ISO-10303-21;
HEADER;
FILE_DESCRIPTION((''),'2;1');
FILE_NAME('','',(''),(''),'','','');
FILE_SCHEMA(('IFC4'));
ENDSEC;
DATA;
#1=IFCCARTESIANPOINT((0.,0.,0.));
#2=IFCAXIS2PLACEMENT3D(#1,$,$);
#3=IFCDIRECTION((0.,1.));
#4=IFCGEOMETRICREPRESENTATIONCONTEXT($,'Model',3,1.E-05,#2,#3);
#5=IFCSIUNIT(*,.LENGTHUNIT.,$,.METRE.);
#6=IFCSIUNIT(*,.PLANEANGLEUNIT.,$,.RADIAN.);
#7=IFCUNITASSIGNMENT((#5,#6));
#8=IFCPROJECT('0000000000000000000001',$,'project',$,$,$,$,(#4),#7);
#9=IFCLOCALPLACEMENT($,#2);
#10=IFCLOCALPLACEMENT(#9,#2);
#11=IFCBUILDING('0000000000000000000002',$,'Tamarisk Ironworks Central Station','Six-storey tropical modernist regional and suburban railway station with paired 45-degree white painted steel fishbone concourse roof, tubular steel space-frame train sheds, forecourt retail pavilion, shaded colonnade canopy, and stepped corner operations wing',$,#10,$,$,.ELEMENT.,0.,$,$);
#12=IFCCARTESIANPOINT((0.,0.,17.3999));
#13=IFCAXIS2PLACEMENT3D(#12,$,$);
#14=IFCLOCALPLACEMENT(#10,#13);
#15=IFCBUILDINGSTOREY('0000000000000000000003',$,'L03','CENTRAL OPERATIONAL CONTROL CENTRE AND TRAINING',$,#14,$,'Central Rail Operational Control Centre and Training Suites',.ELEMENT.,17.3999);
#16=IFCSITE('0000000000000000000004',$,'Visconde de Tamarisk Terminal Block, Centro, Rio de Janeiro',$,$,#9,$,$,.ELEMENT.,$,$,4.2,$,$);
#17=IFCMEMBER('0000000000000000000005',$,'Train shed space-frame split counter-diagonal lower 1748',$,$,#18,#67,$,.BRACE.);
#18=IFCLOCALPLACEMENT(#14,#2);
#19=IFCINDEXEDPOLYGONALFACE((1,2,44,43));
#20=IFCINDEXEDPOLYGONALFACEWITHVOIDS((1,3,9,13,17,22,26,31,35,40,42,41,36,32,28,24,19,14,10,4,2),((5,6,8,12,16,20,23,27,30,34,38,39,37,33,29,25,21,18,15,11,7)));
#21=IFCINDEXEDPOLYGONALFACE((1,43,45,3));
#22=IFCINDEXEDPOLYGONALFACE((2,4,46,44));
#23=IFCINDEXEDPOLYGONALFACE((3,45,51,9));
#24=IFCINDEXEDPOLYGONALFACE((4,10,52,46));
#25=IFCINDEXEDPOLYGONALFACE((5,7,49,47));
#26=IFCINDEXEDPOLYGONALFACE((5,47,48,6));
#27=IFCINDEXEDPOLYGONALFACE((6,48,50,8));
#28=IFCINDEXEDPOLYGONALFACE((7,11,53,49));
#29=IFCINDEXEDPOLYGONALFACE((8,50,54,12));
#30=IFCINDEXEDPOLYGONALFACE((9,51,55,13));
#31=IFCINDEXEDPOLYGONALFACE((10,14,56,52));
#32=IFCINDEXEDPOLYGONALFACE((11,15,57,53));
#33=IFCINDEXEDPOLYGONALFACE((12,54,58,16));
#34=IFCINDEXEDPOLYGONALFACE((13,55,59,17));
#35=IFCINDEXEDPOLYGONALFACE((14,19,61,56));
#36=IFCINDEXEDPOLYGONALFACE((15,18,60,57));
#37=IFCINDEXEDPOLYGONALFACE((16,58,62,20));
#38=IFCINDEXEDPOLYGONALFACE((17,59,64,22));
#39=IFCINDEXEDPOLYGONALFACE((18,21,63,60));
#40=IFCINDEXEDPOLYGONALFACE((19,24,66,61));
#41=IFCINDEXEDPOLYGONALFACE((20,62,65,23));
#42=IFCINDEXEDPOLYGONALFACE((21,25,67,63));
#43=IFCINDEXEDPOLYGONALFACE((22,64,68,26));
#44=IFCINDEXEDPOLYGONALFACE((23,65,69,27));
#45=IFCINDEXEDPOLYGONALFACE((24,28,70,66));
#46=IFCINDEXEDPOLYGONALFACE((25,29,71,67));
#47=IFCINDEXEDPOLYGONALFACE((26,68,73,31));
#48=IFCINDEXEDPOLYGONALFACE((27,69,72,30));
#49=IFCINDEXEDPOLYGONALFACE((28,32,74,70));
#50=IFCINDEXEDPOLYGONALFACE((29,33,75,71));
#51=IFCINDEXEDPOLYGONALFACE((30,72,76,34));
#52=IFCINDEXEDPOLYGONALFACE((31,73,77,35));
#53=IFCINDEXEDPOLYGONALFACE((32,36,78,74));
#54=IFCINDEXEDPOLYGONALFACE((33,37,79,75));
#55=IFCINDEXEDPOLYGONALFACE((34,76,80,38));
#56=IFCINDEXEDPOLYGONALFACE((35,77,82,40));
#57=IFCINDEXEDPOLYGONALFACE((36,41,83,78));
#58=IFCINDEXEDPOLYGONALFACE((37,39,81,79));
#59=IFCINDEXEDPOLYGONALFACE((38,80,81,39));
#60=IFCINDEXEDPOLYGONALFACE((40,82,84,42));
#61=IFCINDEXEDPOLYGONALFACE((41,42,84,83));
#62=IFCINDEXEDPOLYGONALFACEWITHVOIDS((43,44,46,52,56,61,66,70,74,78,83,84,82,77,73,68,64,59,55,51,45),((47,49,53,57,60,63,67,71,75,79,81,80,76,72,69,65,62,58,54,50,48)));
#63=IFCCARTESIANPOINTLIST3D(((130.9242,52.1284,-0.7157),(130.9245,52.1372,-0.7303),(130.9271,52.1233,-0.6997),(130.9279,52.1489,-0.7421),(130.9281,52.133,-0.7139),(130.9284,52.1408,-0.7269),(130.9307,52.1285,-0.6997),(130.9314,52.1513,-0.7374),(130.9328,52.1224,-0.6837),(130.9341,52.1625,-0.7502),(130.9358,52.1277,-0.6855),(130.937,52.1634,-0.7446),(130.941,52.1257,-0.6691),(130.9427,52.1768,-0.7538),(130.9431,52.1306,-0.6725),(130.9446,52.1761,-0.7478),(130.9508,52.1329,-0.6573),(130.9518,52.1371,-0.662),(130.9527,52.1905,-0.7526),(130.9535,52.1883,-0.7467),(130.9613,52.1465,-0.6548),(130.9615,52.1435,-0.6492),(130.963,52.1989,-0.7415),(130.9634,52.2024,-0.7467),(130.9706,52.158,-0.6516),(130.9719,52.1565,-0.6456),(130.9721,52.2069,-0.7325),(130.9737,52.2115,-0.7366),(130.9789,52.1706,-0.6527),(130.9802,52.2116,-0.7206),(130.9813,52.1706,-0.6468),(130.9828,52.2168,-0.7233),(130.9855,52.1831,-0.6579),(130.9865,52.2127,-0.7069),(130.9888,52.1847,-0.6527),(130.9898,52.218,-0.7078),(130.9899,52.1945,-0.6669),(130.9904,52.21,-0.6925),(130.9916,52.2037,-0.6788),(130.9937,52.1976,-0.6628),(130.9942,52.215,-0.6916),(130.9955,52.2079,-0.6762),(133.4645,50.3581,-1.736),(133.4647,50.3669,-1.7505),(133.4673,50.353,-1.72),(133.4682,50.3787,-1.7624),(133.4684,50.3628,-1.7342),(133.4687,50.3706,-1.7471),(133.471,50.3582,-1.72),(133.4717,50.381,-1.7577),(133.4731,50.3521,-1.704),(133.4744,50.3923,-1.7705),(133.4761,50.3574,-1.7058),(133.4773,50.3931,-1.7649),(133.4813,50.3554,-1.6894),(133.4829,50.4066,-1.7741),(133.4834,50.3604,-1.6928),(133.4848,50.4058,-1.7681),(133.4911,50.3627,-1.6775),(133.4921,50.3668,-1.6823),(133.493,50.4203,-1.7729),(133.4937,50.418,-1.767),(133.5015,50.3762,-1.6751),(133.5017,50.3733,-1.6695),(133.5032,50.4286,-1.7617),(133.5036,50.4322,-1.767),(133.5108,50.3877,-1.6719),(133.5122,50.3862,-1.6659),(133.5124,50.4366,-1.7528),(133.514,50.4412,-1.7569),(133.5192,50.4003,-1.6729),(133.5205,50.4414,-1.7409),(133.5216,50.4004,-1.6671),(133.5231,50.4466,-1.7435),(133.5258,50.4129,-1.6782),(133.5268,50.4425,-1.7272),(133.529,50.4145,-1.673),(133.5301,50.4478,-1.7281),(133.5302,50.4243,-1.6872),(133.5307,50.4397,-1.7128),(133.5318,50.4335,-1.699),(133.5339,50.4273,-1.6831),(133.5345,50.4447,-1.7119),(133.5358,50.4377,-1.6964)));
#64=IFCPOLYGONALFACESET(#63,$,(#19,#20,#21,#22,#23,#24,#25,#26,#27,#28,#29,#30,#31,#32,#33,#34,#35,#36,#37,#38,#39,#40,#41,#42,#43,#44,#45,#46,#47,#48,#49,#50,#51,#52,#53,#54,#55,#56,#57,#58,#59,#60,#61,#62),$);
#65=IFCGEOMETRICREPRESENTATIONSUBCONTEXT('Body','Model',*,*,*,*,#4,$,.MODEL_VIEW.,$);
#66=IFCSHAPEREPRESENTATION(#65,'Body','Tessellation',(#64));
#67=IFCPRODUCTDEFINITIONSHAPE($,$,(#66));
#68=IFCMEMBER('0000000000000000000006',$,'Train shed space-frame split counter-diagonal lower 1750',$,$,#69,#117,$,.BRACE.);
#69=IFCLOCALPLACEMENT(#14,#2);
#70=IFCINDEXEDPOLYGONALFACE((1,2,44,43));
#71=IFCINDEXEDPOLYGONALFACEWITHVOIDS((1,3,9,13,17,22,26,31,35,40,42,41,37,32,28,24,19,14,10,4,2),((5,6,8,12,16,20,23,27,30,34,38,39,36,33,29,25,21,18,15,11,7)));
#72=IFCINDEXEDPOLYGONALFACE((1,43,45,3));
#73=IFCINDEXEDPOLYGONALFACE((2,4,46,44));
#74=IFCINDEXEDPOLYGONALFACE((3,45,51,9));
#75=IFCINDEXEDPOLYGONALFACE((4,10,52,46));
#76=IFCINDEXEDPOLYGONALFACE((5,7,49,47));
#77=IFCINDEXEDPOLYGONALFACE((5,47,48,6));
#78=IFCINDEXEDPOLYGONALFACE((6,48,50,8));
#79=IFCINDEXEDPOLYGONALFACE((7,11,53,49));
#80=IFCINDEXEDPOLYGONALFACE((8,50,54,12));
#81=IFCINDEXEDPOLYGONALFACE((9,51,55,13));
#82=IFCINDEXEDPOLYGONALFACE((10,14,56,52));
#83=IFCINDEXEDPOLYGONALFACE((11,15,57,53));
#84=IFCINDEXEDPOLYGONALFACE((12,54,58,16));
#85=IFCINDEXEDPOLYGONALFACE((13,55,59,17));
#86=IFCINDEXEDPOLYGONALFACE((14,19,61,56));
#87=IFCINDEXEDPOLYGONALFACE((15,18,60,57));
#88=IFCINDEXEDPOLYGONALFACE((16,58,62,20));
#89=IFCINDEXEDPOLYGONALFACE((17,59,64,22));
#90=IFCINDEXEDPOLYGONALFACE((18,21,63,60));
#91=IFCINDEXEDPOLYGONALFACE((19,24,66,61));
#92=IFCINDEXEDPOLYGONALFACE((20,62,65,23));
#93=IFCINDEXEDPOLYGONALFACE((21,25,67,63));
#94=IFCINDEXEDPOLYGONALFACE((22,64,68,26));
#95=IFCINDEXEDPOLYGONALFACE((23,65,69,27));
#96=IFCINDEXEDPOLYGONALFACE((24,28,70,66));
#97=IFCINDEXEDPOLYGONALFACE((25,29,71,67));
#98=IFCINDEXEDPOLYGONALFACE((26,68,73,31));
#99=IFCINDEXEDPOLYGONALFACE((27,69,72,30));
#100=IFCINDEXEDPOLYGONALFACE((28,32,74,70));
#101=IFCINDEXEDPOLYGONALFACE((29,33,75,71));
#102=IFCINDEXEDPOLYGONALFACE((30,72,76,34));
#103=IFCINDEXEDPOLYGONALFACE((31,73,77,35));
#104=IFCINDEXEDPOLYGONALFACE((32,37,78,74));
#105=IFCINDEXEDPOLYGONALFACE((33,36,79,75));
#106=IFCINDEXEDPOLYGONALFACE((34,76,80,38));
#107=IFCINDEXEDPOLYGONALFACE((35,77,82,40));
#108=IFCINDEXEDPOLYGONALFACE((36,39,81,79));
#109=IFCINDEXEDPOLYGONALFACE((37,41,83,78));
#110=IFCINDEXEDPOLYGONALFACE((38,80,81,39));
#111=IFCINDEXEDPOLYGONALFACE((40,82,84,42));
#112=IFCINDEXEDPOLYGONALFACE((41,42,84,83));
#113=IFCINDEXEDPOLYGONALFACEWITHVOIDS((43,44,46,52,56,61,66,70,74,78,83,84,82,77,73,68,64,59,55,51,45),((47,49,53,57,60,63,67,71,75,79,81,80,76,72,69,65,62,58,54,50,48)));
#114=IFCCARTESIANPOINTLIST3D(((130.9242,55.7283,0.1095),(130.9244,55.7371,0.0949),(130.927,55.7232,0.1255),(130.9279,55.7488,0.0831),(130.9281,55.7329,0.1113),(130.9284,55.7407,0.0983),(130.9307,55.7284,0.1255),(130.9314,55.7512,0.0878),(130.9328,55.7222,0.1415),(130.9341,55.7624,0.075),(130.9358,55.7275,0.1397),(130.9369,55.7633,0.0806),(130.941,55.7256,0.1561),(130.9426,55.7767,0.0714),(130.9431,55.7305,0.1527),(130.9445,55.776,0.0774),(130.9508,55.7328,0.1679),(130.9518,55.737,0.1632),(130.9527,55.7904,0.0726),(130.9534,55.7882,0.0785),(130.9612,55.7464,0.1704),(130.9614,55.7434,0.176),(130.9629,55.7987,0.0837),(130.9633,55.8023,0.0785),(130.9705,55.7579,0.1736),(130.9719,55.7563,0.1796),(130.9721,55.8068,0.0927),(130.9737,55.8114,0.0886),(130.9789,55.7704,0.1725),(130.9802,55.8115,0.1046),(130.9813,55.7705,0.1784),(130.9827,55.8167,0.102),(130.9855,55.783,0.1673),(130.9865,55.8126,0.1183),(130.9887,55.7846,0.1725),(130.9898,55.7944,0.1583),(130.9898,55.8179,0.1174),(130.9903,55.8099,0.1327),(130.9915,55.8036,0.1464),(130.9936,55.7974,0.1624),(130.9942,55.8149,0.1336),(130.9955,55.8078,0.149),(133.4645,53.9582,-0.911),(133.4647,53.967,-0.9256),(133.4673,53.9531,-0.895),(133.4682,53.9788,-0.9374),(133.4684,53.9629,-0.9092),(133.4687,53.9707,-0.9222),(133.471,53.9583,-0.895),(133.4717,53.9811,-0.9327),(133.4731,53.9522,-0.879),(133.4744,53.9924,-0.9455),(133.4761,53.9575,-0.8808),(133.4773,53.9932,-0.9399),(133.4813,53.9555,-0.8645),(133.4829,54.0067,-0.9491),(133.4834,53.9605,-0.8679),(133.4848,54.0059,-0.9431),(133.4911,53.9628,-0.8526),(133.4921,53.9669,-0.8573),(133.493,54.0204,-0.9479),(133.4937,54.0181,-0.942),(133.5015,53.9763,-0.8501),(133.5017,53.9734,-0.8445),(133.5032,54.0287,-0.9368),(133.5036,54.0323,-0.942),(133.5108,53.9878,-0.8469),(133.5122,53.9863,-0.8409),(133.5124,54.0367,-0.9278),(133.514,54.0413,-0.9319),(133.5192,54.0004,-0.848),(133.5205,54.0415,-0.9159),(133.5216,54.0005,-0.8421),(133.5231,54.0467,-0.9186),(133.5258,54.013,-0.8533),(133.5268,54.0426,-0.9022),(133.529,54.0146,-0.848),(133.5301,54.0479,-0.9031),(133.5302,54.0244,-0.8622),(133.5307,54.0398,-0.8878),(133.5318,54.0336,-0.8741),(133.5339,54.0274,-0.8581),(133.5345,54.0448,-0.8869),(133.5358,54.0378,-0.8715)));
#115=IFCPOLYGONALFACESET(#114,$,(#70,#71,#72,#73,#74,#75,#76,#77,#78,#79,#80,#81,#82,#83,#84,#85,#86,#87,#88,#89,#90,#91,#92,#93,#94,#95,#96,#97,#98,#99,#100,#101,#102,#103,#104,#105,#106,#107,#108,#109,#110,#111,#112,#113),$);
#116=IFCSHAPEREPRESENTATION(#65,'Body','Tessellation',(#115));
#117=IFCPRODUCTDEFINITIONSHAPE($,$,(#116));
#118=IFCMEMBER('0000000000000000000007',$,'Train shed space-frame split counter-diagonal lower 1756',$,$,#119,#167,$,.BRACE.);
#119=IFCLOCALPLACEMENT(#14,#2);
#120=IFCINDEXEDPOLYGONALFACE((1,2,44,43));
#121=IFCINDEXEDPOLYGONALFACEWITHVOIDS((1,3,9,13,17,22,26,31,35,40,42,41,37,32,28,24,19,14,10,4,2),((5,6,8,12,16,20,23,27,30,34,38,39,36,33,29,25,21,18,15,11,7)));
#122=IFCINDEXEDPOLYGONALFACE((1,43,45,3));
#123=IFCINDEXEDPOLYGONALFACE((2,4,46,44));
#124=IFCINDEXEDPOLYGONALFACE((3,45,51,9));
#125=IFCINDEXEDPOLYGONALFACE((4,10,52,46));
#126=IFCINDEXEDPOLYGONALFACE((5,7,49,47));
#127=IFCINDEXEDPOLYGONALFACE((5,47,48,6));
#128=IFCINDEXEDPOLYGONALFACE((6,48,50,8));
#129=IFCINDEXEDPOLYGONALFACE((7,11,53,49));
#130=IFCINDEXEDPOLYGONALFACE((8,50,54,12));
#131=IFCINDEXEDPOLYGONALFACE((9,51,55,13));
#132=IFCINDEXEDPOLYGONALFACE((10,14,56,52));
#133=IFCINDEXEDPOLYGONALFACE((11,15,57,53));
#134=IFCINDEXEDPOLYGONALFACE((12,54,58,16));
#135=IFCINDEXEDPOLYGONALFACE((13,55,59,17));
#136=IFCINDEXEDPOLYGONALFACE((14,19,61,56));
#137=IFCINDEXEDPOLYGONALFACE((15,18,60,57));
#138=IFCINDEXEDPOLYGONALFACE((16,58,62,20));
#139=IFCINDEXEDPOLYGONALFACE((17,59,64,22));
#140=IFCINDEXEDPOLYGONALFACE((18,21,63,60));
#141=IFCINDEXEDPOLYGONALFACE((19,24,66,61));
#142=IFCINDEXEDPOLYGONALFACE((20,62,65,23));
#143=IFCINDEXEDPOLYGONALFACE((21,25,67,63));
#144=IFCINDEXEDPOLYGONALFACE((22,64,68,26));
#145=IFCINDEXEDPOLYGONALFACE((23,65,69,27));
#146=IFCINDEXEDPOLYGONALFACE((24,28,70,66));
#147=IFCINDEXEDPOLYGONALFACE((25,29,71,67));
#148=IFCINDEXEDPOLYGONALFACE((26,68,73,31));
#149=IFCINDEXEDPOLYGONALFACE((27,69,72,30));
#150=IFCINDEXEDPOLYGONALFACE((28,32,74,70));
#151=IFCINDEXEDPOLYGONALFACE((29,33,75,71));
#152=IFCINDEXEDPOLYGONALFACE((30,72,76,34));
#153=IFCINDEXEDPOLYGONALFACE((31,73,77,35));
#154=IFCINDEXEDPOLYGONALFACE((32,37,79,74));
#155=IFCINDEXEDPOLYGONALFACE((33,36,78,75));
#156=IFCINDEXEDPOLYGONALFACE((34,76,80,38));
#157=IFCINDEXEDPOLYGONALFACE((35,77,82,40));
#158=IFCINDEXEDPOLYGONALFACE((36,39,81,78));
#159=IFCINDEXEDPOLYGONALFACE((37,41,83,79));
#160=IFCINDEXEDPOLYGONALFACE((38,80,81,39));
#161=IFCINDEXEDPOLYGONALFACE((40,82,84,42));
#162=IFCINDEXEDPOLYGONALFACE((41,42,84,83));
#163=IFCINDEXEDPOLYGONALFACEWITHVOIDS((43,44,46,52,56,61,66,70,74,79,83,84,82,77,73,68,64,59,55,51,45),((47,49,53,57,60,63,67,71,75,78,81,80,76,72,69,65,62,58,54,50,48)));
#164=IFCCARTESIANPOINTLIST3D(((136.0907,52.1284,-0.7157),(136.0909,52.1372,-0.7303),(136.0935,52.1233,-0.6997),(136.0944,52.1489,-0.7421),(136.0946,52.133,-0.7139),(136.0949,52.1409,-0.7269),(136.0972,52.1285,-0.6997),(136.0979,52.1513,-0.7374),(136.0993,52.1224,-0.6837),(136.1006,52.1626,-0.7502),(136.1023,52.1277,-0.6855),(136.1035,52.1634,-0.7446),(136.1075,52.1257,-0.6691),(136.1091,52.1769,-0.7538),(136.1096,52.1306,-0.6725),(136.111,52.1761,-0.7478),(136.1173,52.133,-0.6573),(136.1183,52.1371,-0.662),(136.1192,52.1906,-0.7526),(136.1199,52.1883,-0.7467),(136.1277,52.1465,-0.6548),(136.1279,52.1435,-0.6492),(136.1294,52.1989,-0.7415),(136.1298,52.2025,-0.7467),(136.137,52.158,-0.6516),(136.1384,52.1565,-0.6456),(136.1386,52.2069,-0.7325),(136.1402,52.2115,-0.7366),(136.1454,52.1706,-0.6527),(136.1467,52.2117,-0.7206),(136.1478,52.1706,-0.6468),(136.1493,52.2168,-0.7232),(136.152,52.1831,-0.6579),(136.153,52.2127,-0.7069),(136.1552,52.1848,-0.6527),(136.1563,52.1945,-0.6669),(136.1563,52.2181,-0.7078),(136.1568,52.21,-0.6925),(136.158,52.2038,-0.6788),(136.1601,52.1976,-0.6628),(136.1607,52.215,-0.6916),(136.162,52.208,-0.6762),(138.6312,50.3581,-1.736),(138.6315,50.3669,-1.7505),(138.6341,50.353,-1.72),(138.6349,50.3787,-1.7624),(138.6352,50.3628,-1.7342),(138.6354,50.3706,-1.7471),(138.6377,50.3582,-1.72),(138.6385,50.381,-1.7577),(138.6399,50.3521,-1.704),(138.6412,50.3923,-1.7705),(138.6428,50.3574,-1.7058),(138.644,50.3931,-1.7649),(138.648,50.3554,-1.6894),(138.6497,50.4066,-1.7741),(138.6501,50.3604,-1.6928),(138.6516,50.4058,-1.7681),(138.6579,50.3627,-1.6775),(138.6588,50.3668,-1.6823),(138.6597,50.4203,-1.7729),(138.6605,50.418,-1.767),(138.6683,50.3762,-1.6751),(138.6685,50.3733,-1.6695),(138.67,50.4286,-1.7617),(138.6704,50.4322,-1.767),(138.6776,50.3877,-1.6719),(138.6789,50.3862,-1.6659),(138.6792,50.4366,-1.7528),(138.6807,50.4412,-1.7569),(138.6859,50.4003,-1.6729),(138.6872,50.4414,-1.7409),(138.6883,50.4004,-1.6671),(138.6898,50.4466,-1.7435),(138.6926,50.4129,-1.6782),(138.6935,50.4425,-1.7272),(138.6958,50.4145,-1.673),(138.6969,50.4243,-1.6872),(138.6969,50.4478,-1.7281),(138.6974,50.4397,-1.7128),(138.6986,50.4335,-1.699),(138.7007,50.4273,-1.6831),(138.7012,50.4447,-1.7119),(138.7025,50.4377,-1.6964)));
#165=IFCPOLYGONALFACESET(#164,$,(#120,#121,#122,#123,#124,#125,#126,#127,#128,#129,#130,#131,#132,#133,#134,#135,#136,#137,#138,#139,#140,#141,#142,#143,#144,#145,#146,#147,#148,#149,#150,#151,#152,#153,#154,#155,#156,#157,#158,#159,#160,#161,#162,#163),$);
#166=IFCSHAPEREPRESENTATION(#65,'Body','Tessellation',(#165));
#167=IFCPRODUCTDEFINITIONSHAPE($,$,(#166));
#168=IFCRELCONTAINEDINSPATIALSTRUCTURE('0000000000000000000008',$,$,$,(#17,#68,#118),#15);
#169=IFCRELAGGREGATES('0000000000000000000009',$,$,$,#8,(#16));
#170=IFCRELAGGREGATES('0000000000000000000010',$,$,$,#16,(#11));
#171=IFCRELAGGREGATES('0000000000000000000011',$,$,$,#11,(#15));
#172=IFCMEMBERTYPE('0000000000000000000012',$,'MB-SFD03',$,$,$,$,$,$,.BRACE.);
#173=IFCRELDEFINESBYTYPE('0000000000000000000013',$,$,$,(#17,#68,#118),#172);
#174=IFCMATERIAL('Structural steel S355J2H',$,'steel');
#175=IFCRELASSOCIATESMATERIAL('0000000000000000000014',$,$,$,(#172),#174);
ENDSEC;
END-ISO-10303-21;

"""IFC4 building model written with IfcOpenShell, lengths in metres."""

from ifc_helpers import new_model, si_unit, direction, frame, origin, origin_2d, place, context, subcontext, project, spatial, hollow_circle, extrude, material, material_profile, profile_set, type_object, element, save


model = new_model("IFC4")

# Units and contexts
model_context = context("Model", 3, precision=1e-05, world=origin(), true_north=direction((0.0, 1.0)))
body_context = subcontext(model_context, "Body", "Model", "MODEL_VIEW")
ifc_project = project(units=[si_unit("LENGTHUNIT", "METRE"), si_unit("PLANEANGLEUNIT", "RADIAN")], contexts=[model_context])

# Site, building, storey
site_placement = place(None, origin())
site = spatial("IfcSite", under=ifc_project, at=site_placement, Name="Visconde de Tamarisk Terminal Block, Centro, Rio de Janeiro", CompositionType="ELEMENT", RefElevation=4.2)
building_placement = place(site_placement, origin())
building = spatial("IfcBuilding", under=site, at=building_placement, Name="Tamarisk Ironworks Central Station", Description="Six-storey tropical modernist regional and suburban railway station with paired 45-degree white painted steel fishbone concourse roof, tubular steel space-frame train sheds, forecourt retail pavilion, shaded colonnade canopy, and stepped corner operations wing", CompositionType="ELEMENT", ElevationOfRefHeight=0.0)
storey_placement = place(building_placement, frame((0.0, 0.0, 17.3999)))
storey = spatial("IfcBuildingStorey", under=building, at=storey_placement, Name="L03", Description="CENTRAL OPERATIONAL CONTROL CENTRE AND TRAINING", LongName="Central Rail Operational Control Centre and Training Suites", CompositionType="ELEMENT", Elevation=17.3999)

# Members
ifc_material = material(Name="Structural steel S355J2H", Category="steel")
ifc_material_profile_1 = material_profile(ifc_material, hollow_circle(Radius=0.0571, WallThickness=0.0063, at=origin_2d()), Name="CHS 114.3x6.3")
ifc_profile_set_1 = profile_set([ifc_material_profile_1], Name="Structural steel S355J2H")
member_type_1 = type_object("IfcMemberType", Name="MB-SFD03", PredefinedType="BRACE", material=ifc_profile_set_1)
for number, where, z_axis, x_axis, name in (
    (1, (133.5, 50.3999, -1.72), (-0.77922, 0.54302, 0.312961), (-0.571741, -0.820434, 0.0), "Train shed space-frame split counter-diagonal lower 1748"),
    (2, (133.5, 54.0, -0.895), (-0.779234, 0.542955, 0.313042), (-0.571688, -0.820471, 0.0), "Train shed space-frame split counter-diagonal lower 1750"),
):
    element("IfcMember", number, at=place(storey_placement, frame(where, z_axis=z_axis, x_axis=x_axis)), inside=storey, type_object=member_type_1, Name=name, PredefinedType="BRACE", context=body_context, shape_type="SweptSolid", body=[
        extrude(hollow_circle(Radius=0.0571, WallThickness=0.0063, at=origin_2d()), origin(), (0.0, 0.0, 1.0), 3.26),
    ])
member_1_placement = place(storey_placement, frame((138.6667, 50.3999, -1.72), z_axis=(-0.77925, 0.542989, 0.312943), x_axis=(-0.571704, -0.82046, 0.0)))
element("IfcMember", 3, at=member_1_placement, inside=storey, type_object=member_type_1, Name="Train shed space-frame split counter-diagonal lower 1756", PredefinedType="BRACE", context=body_context, shape_type="SweptSolid", body=[
    extrude(hollow_circle(Radius=0.0571, WallThickness=0.0063, at=origin_2d()), origin(), (0.0, 0.0, 1.0), 3.2603),
])

save(model, "model.ifc")
